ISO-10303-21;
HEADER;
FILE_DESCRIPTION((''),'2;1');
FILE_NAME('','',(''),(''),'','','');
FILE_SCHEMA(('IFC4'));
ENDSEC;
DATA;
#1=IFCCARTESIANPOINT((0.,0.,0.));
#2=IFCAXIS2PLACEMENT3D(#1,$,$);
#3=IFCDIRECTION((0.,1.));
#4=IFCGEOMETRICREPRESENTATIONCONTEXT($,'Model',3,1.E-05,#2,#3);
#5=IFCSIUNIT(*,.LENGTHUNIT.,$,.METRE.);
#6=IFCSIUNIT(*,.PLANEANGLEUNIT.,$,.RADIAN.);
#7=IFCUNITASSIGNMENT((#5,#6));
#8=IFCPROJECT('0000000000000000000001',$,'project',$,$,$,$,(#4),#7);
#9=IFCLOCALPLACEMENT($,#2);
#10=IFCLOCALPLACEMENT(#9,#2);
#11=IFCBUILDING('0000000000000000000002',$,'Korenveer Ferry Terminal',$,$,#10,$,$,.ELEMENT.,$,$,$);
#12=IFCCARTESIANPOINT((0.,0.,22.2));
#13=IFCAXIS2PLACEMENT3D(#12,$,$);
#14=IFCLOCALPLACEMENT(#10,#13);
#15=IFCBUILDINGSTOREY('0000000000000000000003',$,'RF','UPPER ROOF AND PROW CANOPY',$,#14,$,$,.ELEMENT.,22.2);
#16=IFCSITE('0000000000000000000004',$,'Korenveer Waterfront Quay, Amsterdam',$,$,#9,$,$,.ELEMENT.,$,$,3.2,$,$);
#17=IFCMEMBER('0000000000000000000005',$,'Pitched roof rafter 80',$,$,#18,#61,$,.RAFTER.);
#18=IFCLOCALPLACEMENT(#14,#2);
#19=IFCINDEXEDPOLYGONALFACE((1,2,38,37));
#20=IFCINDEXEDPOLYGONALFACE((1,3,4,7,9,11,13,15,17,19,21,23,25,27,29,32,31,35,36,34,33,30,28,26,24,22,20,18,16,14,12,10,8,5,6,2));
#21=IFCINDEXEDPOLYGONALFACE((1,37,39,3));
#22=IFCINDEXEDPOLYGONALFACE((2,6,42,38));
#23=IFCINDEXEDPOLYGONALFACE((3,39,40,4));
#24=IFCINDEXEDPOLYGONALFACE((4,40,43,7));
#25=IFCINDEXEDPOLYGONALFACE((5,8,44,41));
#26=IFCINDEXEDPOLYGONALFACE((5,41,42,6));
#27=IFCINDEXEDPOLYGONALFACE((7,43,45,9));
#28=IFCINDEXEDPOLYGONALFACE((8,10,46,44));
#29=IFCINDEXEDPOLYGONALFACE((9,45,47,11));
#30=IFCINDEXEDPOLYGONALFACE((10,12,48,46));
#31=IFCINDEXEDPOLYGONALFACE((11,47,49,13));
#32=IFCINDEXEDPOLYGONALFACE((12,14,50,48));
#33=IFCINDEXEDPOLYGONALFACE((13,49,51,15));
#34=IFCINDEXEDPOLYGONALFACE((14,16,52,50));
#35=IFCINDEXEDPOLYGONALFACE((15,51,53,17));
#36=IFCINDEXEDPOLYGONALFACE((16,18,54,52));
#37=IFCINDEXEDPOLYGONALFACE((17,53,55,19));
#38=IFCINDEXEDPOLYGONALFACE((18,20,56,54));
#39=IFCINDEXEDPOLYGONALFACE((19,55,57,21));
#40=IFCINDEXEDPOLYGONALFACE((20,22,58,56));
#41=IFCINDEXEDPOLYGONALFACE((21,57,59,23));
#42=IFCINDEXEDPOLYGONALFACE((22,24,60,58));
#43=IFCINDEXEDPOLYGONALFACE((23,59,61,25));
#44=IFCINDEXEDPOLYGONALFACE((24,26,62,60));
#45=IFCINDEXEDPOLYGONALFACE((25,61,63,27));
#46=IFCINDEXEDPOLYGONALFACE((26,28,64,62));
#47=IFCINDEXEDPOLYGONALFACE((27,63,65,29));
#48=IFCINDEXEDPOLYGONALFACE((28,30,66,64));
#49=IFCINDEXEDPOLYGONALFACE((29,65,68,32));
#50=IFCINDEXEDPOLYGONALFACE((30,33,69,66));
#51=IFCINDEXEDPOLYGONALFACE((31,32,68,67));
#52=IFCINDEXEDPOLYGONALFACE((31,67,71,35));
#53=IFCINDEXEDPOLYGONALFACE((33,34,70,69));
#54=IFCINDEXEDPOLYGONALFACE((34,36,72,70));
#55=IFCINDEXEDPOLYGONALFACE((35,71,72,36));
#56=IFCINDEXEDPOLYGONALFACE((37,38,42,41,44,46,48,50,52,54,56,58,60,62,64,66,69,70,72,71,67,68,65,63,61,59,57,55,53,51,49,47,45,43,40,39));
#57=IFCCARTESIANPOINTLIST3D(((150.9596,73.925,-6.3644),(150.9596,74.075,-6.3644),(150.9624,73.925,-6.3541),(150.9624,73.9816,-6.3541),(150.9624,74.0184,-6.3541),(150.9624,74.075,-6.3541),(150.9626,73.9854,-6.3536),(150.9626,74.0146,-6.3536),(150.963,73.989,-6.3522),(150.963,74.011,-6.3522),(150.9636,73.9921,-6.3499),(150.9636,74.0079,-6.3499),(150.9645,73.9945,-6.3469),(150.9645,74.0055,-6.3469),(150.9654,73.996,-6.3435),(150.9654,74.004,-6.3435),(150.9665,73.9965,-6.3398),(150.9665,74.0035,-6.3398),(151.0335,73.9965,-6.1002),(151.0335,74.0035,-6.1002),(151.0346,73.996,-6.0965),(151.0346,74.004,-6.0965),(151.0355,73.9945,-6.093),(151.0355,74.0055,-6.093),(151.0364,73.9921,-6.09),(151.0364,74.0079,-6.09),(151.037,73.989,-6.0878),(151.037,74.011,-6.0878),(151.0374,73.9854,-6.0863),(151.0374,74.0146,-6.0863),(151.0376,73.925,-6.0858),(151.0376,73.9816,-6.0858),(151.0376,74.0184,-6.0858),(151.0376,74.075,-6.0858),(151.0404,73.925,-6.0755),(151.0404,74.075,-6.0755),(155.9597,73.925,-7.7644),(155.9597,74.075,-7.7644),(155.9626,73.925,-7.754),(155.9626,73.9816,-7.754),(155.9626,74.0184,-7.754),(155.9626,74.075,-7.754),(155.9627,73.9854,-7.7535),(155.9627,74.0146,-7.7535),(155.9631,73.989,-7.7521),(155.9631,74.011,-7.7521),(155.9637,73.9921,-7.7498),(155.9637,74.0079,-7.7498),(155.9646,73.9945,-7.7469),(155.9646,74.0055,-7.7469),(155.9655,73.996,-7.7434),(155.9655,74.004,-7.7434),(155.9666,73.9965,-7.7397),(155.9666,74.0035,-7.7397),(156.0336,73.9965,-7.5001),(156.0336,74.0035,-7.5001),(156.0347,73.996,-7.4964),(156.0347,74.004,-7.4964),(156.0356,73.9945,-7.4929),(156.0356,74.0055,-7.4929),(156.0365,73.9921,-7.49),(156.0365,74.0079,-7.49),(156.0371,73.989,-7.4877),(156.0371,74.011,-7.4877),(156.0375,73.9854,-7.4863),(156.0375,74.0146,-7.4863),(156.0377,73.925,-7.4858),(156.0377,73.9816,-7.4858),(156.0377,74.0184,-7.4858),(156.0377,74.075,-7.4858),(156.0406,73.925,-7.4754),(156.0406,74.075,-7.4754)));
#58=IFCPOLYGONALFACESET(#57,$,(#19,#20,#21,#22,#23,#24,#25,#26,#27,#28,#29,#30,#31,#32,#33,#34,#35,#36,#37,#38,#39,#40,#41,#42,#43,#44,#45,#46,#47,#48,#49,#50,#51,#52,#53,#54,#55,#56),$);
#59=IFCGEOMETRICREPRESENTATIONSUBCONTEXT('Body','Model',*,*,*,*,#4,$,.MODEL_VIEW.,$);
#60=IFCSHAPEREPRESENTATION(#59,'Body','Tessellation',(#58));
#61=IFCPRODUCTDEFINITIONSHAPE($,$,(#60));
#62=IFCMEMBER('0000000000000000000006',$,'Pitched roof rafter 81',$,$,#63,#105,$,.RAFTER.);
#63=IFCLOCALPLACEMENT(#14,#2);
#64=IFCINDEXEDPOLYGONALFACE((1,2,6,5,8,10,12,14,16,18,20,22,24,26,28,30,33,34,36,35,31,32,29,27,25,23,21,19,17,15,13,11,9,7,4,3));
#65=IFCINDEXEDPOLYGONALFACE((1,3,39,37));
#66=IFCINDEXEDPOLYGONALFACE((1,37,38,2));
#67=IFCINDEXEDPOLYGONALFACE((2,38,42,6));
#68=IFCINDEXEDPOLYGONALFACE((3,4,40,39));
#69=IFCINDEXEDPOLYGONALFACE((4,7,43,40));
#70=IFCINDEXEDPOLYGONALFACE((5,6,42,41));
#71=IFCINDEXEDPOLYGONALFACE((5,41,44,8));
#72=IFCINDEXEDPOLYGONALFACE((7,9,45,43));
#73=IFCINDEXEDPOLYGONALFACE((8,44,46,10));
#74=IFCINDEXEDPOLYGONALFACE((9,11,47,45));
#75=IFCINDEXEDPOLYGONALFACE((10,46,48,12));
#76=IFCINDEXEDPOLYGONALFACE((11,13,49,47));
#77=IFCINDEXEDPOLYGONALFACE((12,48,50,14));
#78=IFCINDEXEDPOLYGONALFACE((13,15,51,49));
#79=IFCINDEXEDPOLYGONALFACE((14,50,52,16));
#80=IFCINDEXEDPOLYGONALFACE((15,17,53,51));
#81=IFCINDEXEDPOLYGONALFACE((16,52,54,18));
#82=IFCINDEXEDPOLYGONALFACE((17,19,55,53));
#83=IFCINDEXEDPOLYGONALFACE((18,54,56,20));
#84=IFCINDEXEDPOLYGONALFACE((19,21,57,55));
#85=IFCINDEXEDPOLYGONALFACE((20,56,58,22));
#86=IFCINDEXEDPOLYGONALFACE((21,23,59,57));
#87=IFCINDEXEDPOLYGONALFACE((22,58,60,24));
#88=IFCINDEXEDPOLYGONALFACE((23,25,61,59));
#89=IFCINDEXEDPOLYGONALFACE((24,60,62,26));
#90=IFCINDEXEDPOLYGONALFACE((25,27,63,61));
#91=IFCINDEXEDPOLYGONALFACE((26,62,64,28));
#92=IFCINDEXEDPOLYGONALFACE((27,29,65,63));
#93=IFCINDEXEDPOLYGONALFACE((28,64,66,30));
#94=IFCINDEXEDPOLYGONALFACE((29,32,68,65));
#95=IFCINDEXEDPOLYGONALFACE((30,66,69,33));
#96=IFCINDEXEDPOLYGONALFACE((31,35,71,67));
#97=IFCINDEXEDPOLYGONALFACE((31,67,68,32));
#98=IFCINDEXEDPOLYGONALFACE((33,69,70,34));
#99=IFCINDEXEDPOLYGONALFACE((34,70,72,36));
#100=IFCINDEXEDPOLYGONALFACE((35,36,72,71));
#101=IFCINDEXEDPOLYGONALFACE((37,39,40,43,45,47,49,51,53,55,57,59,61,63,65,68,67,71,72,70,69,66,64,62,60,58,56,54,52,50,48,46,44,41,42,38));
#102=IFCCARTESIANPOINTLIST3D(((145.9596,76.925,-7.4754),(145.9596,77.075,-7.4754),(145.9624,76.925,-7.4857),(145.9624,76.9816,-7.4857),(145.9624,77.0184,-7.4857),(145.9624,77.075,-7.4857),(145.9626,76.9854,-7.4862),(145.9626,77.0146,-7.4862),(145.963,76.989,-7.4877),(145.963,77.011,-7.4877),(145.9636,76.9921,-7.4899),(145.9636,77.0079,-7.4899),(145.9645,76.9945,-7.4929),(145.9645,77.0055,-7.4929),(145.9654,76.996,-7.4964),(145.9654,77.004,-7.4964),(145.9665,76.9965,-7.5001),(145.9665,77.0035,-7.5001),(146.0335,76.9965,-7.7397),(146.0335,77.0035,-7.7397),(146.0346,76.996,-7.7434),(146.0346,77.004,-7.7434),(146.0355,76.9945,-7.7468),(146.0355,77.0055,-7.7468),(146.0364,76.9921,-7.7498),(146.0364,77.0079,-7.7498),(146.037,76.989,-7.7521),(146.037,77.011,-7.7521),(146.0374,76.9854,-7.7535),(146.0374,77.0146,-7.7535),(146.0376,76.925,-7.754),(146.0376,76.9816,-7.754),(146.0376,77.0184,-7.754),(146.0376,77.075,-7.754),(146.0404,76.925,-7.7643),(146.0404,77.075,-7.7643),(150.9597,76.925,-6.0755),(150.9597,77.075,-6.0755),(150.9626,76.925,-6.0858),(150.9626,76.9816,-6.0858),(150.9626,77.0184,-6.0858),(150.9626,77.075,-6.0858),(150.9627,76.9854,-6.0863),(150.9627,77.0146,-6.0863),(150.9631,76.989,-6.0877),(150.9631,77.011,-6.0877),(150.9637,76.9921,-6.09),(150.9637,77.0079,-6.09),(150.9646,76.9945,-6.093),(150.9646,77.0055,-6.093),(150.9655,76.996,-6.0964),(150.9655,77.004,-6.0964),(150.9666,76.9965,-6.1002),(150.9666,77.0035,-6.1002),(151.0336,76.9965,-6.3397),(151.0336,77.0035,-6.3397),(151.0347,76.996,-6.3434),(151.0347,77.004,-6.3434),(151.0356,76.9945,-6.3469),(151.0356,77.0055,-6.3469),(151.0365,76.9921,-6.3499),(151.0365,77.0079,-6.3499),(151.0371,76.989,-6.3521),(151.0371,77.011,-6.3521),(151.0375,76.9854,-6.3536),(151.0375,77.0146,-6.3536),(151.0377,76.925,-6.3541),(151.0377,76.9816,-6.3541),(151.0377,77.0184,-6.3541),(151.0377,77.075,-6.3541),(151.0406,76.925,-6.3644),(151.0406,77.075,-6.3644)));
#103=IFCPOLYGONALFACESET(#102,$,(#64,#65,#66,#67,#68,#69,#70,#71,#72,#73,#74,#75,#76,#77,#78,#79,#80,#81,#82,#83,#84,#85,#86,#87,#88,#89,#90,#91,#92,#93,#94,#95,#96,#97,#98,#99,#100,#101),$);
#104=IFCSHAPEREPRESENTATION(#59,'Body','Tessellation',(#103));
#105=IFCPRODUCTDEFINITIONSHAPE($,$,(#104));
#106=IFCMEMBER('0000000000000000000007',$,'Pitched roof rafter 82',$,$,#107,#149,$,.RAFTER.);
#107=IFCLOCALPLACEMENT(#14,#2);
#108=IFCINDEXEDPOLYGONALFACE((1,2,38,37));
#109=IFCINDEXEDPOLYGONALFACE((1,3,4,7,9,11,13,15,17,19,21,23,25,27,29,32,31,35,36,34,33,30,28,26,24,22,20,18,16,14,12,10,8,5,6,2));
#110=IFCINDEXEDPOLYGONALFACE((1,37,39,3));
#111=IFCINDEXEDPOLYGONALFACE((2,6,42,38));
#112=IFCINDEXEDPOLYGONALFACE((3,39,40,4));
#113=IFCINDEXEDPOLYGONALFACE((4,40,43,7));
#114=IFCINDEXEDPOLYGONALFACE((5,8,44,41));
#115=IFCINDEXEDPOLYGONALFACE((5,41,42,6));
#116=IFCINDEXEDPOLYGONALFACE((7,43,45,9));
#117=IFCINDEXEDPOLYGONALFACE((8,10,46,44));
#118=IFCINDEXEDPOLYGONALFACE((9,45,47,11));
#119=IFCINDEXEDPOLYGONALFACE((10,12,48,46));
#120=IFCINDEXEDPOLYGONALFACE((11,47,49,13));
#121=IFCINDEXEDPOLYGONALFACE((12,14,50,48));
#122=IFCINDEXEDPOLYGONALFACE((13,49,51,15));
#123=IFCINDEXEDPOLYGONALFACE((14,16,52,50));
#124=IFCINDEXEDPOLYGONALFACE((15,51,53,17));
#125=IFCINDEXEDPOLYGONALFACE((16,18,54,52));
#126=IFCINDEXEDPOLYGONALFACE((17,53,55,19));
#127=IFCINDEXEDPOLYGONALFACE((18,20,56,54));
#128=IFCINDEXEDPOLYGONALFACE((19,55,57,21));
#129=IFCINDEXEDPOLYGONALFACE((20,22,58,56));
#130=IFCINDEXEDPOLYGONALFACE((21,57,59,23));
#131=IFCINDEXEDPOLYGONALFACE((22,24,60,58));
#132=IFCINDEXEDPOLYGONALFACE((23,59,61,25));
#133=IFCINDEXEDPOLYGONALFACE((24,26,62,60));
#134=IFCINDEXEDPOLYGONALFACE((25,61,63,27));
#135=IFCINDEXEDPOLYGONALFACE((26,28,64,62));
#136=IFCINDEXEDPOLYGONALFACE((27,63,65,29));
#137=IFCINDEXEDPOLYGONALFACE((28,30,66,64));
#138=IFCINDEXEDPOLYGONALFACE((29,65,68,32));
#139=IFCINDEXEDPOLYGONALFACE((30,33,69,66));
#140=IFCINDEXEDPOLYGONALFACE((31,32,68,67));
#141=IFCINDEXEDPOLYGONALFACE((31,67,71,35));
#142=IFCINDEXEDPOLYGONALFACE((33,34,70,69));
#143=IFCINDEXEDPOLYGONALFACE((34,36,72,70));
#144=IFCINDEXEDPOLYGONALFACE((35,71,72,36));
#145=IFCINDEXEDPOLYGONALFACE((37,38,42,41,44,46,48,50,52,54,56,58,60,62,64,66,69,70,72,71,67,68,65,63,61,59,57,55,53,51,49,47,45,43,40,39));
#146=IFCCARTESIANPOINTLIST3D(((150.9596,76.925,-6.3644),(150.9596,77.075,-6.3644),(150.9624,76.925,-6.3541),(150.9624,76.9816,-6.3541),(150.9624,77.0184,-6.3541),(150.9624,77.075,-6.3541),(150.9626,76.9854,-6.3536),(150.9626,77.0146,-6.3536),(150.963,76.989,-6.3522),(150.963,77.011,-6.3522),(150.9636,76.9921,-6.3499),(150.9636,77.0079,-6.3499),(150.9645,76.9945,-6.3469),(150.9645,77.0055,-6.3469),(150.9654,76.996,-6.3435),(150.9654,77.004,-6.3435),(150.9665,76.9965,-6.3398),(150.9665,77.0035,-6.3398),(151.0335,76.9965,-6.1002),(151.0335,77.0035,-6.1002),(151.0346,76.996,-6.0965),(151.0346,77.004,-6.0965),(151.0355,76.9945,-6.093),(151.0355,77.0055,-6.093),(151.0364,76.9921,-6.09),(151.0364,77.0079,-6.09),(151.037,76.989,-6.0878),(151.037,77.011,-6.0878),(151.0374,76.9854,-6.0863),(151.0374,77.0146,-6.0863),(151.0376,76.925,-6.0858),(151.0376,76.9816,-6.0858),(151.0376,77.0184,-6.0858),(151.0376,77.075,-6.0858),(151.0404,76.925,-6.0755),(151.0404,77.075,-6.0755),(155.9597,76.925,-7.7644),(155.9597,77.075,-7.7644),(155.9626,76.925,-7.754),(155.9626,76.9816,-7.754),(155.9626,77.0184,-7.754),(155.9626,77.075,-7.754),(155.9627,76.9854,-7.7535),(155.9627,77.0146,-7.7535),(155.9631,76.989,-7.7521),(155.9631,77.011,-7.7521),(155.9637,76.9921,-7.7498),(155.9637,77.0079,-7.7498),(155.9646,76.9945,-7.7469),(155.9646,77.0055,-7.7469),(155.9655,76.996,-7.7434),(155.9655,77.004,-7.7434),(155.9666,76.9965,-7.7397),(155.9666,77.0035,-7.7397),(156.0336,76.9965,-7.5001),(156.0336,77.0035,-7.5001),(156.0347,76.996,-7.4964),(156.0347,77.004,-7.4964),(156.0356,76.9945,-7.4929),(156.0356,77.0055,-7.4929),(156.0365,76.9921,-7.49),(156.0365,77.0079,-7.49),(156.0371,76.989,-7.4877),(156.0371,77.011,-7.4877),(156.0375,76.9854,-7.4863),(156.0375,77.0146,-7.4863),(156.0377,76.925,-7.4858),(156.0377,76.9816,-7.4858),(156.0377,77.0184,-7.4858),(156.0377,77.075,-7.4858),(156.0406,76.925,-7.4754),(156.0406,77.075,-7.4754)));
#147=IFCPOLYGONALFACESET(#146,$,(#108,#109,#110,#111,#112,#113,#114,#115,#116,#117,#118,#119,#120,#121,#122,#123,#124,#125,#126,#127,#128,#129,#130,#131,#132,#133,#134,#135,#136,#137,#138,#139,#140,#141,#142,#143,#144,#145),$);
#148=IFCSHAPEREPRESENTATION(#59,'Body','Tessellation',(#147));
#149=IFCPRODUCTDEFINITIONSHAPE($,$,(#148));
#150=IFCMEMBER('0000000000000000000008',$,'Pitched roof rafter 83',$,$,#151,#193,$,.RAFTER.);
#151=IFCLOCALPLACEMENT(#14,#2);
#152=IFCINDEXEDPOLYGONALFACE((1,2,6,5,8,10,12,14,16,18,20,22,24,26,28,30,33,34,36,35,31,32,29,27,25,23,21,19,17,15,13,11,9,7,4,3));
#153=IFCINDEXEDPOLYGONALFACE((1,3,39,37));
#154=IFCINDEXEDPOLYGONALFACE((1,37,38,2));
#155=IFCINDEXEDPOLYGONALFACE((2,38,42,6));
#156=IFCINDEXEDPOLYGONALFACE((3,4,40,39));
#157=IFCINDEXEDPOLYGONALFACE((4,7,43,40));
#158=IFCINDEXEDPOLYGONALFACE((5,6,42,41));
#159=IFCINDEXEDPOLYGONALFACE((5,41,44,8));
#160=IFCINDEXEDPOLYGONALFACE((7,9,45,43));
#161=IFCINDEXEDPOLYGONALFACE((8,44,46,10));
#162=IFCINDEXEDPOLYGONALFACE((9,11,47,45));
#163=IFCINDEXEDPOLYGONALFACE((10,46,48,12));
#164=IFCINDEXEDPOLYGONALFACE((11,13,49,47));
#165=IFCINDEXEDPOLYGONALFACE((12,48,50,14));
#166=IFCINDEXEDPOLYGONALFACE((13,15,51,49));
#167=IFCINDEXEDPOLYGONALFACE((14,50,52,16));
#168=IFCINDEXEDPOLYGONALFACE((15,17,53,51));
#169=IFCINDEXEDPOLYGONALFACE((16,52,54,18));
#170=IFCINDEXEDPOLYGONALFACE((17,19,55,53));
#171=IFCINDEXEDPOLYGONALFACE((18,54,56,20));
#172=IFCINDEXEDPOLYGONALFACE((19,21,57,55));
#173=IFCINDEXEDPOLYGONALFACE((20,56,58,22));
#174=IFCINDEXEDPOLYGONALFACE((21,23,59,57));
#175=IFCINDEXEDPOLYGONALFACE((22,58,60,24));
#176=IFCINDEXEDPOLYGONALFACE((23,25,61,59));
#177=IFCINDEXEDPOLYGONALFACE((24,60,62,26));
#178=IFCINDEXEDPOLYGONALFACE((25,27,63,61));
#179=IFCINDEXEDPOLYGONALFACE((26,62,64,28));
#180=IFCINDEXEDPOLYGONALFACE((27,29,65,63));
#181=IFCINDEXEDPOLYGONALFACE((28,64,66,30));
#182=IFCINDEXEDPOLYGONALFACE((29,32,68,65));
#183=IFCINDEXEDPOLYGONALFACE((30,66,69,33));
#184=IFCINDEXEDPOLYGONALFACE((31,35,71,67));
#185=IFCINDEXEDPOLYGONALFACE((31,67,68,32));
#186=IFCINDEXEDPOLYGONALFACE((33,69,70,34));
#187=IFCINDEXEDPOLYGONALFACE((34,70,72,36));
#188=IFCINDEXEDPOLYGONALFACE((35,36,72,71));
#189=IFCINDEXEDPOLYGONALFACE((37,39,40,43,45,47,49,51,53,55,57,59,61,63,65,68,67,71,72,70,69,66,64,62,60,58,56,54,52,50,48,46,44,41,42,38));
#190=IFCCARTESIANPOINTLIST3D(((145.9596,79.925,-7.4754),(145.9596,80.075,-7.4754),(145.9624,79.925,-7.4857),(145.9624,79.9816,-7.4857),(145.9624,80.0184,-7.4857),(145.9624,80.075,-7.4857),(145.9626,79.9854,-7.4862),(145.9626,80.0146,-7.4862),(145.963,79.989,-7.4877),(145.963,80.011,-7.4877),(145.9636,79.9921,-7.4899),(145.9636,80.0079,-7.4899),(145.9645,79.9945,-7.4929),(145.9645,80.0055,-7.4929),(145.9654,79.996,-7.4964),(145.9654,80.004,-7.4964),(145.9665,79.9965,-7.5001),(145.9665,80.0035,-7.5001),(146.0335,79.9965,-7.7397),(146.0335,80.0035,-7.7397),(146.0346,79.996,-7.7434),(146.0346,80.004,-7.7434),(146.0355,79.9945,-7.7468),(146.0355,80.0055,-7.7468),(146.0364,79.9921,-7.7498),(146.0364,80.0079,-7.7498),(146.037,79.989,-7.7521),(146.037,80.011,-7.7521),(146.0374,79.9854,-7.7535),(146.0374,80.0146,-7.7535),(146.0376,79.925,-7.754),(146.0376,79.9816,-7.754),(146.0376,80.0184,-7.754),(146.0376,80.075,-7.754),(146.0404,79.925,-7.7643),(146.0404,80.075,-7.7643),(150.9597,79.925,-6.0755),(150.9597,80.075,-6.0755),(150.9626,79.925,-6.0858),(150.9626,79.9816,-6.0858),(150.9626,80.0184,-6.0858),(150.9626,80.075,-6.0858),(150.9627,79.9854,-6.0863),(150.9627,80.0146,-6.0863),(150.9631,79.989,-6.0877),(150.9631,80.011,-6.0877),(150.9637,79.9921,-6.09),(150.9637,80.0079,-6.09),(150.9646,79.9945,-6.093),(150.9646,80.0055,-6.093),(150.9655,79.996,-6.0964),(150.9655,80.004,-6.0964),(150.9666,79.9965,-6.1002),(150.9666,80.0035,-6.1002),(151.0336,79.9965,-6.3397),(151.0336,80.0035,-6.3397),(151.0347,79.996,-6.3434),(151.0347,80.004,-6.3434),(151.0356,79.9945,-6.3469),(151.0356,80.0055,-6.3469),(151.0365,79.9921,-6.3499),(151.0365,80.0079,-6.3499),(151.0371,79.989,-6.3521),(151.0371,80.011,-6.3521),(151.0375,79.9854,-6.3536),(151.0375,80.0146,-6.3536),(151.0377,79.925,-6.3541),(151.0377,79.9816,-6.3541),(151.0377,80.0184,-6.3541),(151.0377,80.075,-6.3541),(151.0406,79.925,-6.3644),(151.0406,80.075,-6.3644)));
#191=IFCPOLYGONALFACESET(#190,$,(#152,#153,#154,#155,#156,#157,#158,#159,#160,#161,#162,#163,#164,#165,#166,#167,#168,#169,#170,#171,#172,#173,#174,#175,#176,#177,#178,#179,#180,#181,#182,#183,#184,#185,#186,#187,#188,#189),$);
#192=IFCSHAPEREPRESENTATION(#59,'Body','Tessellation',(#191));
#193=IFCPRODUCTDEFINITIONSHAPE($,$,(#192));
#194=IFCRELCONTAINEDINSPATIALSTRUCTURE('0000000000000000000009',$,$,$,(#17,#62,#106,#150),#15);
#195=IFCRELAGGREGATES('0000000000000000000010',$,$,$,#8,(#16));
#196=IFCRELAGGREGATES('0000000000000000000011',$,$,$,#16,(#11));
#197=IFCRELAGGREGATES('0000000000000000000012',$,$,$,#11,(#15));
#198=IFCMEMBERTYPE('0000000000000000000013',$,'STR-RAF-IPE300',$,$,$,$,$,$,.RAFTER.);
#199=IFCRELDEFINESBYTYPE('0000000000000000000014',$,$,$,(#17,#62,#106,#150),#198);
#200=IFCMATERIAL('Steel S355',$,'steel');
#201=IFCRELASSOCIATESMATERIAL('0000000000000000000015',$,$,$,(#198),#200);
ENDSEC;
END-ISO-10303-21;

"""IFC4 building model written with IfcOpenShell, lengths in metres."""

from ifc_helpers import new_model, si_unit, direction, frame, origin, origin_2d, place, context, subcontext, project, spatial, i_section, extrude, material, material_profile, profile_set, type_object, element, save


model = new_model("IFC4")

# Units and contexts
model_context = context("Model", 3, precision=1e-05, world=origin(), true_north=direction((0.0, 1.0)))
body_context = subcontext(model_context, "Body", "Model", "MODEL_VIEW")
ifc_project = project(units=[si_unit("LENGTHUNIT", "METRE"), si_unit("PLANEANGLEUNIT", "RADIAN")], contexts=[model_context])

# Site, building, storey
site_placement = place(None, origin())
site = spatial("IfcSite", under=ifc_project, at=site_placement, Name="Korenveer Waterfront Quay, Amsterdam", CompositionType="ELEMENT", RefElevation=3.2)
building_placement = place(site_placement, origin())
building = spatial("IfcBuilding", under=site, at=building_placement, Name="Korenveer Ferry Terminal", CompositionType="ELEMENT")
storey_placement = place(building_placement, frame((0.0, 0.0, 22.2)))
storey = spatial("IfcBuildingStorey", under=building, at=storey_placement, Name="RF", Description="UPPER ROOF AND PROW CANOPY", CompositionType="ELEMENT", Elevation=22.2)

# Shared definitions
ifc_material_1 = material(Name="Steel S355", Category="steel")

# Members
ifc_material_profile_1 = material_profile(ifc_material_1, i_section(OverallWidth=0.1499, OverallDepth=0.3, WebThickness=0.0071, FlangeThickness=0.0107, FilletRadius=0.0149, at=origin_2d()), Name="IPE 300")
ifc_profile_set_1 = profile_set([ifc_material_profile_1], Name="Steel S355")
member_type_1 = type_object("IfcMemberType", Name="STR-RAF-IPE300", PredefinedType="RAFTER", material=ifc_profile_set_1)
for number, where, z_axis, x_axis, name in (
    (1, (151.0, 74.0, -6.22), (0.962969, 0.0, -0.269612), (0.0, 1.0, 0.0), "Pitched roof rafter 80"),
    (2, (146.0, 77.0, -7.6199), (0.962969, 0.0, 0.269612), (0.0, 1.0, 0.0), "Pitched roof rafter 81"),
    (3, (151.0, 77.0, -6.22), (0.962969, 0.0, -0.269612), (0.0, 1.0, 0.0), "Pitched roof rafter 82"),
    (4, (146.0, 80.0, -7.6199), (0.962969, 0.0, 0.269612), (0.0, 1.0, 0.0), "Pitched roof rafter 83"),
):
    element("IfcMember", number, at=place(storey_placement, frame(where, z_axis=z_axis, x_axis=x_axis)), inside=storey, type_object=member_type_1, Name=name, PredefinedType="RAFTER", context=body_context, shape_type="SweptSolid", body=[
        extrude(i_section(OverallWidth=0.1499, OverallDepth=0.3, WebThickness=0.0071, FlangeThickness=0.0107, FilletRadius=0.0149, at=origin_2d()), origin(), (0.0, 0.0, 1.0), 5.1924),
    ])

save(model, "model.ifc")
